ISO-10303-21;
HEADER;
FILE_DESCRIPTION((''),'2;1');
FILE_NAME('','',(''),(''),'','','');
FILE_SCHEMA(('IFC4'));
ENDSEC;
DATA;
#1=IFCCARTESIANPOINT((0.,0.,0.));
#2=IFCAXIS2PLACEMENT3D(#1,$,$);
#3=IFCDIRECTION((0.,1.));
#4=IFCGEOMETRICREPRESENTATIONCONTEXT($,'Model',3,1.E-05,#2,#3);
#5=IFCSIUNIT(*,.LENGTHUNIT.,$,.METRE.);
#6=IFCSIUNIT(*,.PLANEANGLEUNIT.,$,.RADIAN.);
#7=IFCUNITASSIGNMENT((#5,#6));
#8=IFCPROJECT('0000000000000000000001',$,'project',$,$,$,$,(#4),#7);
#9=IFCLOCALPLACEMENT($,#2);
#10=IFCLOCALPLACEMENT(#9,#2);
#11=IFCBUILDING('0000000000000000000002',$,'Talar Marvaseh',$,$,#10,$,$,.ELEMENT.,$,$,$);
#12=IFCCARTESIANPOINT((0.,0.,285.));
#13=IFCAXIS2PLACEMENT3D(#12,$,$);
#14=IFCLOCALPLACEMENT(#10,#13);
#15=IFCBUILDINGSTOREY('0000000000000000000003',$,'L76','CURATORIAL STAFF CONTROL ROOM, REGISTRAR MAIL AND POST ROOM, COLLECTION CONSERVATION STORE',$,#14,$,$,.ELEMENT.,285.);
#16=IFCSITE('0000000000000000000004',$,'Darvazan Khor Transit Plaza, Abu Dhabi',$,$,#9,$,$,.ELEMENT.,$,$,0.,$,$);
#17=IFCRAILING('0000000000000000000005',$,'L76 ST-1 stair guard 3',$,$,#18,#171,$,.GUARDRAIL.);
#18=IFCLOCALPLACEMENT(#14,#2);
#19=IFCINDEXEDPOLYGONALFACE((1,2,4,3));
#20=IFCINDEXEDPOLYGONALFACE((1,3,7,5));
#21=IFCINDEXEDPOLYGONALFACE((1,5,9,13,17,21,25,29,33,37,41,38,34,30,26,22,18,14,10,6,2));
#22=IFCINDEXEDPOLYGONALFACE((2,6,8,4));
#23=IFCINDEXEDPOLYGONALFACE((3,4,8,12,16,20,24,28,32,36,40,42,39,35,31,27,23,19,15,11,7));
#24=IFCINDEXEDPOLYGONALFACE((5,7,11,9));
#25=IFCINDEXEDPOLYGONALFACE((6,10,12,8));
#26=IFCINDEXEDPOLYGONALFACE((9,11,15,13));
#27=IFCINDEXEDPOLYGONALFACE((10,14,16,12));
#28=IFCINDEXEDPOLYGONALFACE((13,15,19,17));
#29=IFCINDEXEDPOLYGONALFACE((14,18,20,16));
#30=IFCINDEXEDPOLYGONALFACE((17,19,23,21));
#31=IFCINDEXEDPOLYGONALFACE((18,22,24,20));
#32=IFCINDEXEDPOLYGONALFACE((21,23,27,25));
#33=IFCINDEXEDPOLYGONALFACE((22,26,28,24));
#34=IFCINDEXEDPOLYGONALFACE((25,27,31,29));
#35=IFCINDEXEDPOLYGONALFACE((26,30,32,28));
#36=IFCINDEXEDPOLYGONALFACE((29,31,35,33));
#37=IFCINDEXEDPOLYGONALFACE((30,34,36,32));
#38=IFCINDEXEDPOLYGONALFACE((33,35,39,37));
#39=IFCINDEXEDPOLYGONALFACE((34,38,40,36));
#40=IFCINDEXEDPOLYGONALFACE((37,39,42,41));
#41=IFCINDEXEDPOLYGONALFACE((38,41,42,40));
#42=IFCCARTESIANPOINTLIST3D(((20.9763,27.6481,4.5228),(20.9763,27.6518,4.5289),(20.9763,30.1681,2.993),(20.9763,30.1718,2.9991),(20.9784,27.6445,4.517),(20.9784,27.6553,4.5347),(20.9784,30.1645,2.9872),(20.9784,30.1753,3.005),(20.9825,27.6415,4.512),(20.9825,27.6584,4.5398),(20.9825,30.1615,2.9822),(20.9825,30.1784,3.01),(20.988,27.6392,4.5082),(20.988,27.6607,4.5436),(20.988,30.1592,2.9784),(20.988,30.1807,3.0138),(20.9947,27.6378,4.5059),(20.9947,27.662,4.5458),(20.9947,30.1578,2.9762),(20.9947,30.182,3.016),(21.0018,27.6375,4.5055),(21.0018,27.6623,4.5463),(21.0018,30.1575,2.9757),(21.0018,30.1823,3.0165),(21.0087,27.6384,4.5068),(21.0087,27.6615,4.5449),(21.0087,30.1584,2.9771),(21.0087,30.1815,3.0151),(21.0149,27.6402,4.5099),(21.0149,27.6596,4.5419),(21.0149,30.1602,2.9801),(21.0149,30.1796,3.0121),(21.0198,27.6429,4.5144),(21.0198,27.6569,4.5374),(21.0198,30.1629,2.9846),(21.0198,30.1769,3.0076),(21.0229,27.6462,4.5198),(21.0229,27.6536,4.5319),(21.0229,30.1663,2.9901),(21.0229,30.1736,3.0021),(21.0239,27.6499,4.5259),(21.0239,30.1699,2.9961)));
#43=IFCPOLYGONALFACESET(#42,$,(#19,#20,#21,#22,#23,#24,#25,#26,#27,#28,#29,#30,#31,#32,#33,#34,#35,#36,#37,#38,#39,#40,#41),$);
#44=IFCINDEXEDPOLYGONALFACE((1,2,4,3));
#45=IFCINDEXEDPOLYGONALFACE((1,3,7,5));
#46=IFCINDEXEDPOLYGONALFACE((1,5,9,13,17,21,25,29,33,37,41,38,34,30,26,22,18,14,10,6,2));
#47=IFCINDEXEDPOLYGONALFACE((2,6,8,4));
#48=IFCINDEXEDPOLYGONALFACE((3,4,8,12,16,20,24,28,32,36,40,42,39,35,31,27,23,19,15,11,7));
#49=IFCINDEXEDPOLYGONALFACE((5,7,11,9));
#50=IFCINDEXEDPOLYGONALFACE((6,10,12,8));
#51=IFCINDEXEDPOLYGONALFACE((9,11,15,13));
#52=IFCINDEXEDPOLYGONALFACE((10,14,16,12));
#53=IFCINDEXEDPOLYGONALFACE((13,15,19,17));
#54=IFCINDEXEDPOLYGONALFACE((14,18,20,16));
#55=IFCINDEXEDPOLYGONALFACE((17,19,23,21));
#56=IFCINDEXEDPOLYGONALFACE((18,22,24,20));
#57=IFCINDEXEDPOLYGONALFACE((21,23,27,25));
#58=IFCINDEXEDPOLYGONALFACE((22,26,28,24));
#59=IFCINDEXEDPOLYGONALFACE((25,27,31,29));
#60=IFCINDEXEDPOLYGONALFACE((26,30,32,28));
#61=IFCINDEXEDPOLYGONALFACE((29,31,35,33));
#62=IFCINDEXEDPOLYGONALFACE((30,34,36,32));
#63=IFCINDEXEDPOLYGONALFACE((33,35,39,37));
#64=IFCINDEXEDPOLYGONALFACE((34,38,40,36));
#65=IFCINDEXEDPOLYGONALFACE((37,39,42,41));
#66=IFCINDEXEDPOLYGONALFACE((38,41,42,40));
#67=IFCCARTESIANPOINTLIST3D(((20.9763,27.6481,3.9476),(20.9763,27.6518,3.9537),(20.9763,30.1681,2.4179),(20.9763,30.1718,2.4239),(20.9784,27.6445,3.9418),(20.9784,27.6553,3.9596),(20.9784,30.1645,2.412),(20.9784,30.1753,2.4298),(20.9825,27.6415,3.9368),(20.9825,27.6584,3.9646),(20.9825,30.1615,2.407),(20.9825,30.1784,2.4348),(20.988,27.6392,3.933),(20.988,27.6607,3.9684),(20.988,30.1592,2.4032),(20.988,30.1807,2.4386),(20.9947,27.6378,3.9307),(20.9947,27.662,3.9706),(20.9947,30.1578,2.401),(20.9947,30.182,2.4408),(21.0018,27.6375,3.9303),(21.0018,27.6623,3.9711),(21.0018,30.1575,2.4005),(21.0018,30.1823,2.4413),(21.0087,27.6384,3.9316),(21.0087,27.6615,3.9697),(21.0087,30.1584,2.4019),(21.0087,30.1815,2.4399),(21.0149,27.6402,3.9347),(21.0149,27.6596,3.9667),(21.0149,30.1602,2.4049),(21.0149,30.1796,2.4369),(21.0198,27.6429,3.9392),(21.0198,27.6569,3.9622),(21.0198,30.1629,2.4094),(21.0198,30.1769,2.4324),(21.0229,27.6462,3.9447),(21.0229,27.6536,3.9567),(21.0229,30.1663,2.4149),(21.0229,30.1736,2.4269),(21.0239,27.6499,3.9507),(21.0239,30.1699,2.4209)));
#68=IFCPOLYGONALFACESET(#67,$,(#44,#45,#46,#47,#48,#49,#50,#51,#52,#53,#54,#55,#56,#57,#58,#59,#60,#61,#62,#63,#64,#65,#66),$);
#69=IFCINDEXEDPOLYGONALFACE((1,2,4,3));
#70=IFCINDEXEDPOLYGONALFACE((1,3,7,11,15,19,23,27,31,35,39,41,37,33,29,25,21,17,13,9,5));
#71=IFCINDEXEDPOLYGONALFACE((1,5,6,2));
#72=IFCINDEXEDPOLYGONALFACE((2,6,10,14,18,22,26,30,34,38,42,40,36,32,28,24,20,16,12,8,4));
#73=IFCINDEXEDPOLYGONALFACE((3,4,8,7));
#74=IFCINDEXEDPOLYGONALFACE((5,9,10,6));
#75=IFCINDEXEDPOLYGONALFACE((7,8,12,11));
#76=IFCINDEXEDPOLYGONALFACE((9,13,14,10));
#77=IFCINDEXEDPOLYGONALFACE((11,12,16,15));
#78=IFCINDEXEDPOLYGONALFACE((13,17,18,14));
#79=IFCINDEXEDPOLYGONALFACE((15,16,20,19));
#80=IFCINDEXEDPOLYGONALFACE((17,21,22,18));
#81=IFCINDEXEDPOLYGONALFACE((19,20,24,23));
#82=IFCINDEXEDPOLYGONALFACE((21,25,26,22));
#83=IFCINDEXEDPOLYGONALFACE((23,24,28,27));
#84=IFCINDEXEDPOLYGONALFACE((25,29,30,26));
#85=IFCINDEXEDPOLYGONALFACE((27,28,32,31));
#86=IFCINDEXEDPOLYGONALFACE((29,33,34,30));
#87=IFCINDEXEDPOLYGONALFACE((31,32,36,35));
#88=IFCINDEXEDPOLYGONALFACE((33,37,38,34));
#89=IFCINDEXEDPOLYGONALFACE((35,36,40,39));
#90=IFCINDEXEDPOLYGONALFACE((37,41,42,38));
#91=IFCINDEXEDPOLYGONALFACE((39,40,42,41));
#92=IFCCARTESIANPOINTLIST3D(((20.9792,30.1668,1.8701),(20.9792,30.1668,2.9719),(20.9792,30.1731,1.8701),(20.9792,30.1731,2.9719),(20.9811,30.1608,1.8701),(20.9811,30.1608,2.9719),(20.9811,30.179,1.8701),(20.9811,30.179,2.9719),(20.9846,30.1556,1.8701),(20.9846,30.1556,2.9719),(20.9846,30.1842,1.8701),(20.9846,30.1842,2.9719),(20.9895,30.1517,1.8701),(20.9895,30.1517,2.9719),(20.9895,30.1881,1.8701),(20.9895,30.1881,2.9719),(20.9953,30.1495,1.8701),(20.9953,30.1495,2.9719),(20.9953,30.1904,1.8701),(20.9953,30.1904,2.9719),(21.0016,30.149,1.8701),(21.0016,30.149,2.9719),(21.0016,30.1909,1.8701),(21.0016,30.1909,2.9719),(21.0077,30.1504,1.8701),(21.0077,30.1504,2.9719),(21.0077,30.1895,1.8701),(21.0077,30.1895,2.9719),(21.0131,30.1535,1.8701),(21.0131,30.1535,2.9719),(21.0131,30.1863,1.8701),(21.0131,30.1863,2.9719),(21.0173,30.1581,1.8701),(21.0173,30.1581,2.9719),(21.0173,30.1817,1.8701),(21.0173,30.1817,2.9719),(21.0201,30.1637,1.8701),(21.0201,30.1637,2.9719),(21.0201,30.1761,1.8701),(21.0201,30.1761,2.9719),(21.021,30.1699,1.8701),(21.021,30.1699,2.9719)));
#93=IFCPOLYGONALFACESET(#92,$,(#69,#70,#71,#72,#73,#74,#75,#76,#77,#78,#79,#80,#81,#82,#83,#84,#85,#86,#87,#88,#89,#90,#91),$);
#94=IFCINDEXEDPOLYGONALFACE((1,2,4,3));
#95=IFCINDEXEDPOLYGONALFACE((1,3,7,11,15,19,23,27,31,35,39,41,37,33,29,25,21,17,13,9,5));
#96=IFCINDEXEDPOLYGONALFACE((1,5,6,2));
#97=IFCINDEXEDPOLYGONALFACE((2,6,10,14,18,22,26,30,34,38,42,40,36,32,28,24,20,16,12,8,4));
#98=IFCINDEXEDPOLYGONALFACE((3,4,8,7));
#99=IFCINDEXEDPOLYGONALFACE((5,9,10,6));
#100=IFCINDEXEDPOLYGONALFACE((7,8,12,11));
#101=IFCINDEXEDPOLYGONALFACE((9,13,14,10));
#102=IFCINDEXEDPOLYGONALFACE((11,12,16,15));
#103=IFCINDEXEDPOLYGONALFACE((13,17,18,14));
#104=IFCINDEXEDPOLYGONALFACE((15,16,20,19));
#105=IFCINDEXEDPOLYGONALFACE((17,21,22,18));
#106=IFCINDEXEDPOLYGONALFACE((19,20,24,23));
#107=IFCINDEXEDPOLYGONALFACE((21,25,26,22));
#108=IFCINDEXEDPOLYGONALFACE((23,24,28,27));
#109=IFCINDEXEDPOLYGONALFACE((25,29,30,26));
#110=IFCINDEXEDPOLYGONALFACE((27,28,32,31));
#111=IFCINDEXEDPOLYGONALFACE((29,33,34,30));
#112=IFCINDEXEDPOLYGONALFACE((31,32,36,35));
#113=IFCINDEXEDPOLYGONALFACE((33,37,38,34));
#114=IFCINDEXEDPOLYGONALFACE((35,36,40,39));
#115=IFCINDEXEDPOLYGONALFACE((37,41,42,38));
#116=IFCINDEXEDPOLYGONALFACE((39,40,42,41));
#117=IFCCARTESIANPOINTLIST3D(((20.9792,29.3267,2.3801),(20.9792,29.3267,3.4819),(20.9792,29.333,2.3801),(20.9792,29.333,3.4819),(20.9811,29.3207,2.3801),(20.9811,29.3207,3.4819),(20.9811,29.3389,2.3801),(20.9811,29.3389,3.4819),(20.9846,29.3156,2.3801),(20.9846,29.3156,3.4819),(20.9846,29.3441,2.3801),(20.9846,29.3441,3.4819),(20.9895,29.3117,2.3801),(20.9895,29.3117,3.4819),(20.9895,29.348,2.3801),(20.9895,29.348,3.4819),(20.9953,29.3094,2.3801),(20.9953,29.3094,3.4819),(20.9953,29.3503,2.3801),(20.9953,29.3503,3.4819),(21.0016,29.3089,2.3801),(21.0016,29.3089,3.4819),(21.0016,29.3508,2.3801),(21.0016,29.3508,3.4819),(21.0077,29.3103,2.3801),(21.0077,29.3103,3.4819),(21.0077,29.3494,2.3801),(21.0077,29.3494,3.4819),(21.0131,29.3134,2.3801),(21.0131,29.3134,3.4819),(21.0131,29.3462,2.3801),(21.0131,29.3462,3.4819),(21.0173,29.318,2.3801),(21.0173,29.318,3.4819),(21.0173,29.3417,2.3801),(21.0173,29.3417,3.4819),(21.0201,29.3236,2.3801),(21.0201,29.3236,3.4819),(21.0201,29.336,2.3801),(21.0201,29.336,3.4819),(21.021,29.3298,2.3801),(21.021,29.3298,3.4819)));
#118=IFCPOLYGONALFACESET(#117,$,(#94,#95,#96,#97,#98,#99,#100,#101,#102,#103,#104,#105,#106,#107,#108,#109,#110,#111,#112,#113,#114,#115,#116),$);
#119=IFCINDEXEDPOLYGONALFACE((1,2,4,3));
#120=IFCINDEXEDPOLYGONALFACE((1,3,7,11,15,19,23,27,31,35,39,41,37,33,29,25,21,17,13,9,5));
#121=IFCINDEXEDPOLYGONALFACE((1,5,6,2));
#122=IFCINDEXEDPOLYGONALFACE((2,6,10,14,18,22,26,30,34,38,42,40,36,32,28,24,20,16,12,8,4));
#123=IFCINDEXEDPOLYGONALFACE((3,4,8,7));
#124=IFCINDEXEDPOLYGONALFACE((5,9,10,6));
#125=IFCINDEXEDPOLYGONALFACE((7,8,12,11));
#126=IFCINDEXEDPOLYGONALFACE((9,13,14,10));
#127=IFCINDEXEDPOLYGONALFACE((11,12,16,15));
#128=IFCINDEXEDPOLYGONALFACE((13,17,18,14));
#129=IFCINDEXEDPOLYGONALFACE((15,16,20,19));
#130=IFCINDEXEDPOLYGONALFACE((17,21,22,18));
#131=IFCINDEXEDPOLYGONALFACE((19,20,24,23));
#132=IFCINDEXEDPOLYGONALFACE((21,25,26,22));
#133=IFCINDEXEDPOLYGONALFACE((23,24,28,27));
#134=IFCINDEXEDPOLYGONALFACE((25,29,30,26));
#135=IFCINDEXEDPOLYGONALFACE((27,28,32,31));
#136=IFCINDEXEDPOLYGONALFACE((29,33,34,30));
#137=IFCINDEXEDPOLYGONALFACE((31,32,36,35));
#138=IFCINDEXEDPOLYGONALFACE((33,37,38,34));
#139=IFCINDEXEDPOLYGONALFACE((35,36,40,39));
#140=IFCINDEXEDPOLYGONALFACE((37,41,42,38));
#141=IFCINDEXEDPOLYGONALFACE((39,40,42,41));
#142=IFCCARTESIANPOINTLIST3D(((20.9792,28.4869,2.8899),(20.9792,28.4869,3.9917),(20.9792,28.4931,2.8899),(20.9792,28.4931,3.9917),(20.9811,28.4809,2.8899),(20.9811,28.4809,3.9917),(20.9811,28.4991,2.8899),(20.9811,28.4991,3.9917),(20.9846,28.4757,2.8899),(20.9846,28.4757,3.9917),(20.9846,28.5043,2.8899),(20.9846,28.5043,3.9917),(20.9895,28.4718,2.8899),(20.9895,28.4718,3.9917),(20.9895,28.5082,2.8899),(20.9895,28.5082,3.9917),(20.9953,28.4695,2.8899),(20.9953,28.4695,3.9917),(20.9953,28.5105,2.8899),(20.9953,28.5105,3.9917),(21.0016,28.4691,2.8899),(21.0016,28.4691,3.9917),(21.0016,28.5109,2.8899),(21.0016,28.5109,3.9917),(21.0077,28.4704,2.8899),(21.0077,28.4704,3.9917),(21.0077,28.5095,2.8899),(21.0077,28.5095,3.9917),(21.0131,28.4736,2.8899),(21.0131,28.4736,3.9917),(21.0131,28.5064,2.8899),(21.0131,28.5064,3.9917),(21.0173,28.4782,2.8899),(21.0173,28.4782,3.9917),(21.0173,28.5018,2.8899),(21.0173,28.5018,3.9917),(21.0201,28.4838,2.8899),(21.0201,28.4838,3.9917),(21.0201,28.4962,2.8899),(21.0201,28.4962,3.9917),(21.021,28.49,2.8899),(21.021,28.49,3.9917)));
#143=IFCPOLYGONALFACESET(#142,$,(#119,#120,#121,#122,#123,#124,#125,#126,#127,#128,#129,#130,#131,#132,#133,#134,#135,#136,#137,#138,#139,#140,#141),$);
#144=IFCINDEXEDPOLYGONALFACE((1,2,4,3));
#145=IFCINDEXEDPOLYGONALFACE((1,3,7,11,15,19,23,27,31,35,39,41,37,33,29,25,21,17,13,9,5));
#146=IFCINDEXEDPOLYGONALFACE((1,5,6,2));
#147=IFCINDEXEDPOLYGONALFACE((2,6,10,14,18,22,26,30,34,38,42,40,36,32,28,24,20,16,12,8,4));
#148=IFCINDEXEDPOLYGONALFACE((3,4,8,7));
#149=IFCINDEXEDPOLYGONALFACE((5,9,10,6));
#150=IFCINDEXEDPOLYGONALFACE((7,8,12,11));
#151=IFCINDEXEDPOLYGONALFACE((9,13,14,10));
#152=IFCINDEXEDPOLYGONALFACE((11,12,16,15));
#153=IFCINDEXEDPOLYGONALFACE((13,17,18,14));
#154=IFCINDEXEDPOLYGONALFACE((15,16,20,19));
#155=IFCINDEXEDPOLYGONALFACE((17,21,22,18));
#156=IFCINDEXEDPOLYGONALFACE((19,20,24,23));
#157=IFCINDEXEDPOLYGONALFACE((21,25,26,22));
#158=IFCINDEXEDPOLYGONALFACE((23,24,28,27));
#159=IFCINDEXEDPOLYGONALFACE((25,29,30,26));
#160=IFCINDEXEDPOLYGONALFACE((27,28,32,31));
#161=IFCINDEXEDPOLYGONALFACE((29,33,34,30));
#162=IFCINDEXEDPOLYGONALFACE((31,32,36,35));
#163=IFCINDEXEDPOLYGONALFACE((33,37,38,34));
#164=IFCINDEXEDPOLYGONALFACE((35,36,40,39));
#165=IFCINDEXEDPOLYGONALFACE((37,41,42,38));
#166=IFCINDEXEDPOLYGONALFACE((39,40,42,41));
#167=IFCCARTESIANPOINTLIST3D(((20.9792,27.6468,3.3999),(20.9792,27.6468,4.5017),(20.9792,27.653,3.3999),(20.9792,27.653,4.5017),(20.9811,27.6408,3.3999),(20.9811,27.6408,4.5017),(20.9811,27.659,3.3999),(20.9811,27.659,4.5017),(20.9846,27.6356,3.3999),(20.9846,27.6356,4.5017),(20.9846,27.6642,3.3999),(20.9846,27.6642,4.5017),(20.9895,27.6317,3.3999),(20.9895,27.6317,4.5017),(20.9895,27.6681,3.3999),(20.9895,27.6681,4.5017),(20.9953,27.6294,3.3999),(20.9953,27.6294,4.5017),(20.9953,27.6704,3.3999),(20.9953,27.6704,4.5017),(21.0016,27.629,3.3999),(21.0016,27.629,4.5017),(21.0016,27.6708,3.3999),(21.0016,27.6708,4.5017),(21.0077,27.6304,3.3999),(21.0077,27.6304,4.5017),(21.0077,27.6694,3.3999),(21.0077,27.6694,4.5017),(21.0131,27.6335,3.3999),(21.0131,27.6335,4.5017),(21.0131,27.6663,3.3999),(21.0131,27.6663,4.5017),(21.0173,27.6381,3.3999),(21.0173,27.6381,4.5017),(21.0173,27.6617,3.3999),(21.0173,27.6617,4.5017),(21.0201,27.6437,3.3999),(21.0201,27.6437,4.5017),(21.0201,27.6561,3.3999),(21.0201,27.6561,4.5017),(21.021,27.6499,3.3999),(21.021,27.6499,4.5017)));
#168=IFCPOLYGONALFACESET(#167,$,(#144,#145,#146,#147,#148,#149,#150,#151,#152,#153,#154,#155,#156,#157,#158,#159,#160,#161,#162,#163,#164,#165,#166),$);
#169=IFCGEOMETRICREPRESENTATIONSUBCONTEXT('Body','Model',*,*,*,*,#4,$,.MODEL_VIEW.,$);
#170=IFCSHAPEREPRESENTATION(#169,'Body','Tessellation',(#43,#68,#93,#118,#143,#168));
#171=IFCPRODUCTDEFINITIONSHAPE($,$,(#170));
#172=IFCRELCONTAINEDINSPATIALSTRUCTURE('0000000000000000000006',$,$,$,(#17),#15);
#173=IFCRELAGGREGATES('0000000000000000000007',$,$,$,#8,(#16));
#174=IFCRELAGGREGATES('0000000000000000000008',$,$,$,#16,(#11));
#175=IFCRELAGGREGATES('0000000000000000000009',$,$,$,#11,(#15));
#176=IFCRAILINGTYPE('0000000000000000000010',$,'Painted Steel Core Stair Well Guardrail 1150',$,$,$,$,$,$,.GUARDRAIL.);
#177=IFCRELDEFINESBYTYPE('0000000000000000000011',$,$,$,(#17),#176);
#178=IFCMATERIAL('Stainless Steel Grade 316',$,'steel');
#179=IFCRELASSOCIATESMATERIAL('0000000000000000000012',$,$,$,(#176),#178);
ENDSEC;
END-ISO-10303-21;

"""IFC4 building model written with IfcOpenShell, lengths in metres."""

from ifc_helpers import new_model, si_unit, direction, frame, origin, origin_2d, place, context, subcontext, project, spatial, circle, extrude, material, type_object, element, save


model = new_model("IFC4")

# Units and contexts
model_context = context("Model", 3, precision=1e-05, world=origin(), true_north=direction((0.0, 1.0)))
body_context = subcontext(model_context, "Body", "Model", "MODEL_VIEW")
ifc_project = project(units=[si_unit("LENGTHUNIT", "METRE"), si_unit("PLANEANGLEUNIT", "RADIAN")], contexts=[model_context])

# Site, building, storey
site_placement = place(None, origin())
site = spatial("IfcSite", under=ifc_project, at=site_placement, Name="Darvazan Khor Transit Plaza, Abu Dhabi", CompositionType="ELEMENT", RefElevation=0.0)
building_placement = place(site_placement, origin())
building = spatial("IfcBuilding", under=site, at=building_placement, Name="Talar Marvaseh", CompositionType="ELEMENT")
storey_placement = place(building_placement, frame((0.0, 0.0, 285.0)))
storey = spatial("IfcBuildingStorey", under=building, at=storey_placement, Name="L76", Description="CURATORIAL STAFF CONTROL ROOM, REGISTRAR MAIL AND POST ROOM, COLLECTION CONSERVATION STORE", CompositionType="ELEMENT", Elevation=285.0)

# Railing
ifc_material_1 = material(Name="Stainless Steel Grade 316", Category="steel")
railing_type_1 = type_object("IfcRailingType", Name="Painted Steel Core Stair Well Guardrail 1150", PredefinedType="GUARDRAIL", material=ifc_material_1)
railing_1_placement = place(storey_placement, frame((21.0, 30.1699, 1.8701)))
element("IfcRailing", 1, at=railing_1_placement, inside=storey, type_object=railing_type_1, Name="L76 ST-1 stair guard 3", PredefinedType="GUARDRAIL", context=body_context, shape_type="SweptSolid", body=[
    extrude(circle(Radius=0.0239, at=origin_2d()), frame((0.0, 0.0, 1.126), z_axis=(0.0, -0.854822, 0.518922), x_axis=(1.0, 0.0, 0.0)), (0.0, 0.0, 1.0), 2.948),
    extrude(circle(Radius=0.0239, at=origin_2d()), frame((0.0, 0.0, 0.5508), z_axis=(0.0, -0.854822, 0.518922), x_axis=(1.0, 0.0, 0.0)), (0.0, 0.0, 1.0), 2.948),
    extrude(circle(Radius=0.021, at=origin_2d()), origin(), (0.0, 0.0, 1.0), 1.1018),
    extrude(circle(Radius=0.021, at=origin_2d()), frame((0.0, -0.8401, 0.51)), (0.0, 0.0, 1.0), 1.1018),
    extrude(circle(Radius=0.021, at=origin_2d()), frame((0.0, -1.6799, 1.0198)), (0.0, 0.0, 1.0), 1.1018),
    extrude(circle(Radius=0.021, at=origin_2d()), frame((0.0, -2.52, 1.5298)), (0.0, 0.0, 1.0), 1.1018),
])

save(model, "model.ifc")
